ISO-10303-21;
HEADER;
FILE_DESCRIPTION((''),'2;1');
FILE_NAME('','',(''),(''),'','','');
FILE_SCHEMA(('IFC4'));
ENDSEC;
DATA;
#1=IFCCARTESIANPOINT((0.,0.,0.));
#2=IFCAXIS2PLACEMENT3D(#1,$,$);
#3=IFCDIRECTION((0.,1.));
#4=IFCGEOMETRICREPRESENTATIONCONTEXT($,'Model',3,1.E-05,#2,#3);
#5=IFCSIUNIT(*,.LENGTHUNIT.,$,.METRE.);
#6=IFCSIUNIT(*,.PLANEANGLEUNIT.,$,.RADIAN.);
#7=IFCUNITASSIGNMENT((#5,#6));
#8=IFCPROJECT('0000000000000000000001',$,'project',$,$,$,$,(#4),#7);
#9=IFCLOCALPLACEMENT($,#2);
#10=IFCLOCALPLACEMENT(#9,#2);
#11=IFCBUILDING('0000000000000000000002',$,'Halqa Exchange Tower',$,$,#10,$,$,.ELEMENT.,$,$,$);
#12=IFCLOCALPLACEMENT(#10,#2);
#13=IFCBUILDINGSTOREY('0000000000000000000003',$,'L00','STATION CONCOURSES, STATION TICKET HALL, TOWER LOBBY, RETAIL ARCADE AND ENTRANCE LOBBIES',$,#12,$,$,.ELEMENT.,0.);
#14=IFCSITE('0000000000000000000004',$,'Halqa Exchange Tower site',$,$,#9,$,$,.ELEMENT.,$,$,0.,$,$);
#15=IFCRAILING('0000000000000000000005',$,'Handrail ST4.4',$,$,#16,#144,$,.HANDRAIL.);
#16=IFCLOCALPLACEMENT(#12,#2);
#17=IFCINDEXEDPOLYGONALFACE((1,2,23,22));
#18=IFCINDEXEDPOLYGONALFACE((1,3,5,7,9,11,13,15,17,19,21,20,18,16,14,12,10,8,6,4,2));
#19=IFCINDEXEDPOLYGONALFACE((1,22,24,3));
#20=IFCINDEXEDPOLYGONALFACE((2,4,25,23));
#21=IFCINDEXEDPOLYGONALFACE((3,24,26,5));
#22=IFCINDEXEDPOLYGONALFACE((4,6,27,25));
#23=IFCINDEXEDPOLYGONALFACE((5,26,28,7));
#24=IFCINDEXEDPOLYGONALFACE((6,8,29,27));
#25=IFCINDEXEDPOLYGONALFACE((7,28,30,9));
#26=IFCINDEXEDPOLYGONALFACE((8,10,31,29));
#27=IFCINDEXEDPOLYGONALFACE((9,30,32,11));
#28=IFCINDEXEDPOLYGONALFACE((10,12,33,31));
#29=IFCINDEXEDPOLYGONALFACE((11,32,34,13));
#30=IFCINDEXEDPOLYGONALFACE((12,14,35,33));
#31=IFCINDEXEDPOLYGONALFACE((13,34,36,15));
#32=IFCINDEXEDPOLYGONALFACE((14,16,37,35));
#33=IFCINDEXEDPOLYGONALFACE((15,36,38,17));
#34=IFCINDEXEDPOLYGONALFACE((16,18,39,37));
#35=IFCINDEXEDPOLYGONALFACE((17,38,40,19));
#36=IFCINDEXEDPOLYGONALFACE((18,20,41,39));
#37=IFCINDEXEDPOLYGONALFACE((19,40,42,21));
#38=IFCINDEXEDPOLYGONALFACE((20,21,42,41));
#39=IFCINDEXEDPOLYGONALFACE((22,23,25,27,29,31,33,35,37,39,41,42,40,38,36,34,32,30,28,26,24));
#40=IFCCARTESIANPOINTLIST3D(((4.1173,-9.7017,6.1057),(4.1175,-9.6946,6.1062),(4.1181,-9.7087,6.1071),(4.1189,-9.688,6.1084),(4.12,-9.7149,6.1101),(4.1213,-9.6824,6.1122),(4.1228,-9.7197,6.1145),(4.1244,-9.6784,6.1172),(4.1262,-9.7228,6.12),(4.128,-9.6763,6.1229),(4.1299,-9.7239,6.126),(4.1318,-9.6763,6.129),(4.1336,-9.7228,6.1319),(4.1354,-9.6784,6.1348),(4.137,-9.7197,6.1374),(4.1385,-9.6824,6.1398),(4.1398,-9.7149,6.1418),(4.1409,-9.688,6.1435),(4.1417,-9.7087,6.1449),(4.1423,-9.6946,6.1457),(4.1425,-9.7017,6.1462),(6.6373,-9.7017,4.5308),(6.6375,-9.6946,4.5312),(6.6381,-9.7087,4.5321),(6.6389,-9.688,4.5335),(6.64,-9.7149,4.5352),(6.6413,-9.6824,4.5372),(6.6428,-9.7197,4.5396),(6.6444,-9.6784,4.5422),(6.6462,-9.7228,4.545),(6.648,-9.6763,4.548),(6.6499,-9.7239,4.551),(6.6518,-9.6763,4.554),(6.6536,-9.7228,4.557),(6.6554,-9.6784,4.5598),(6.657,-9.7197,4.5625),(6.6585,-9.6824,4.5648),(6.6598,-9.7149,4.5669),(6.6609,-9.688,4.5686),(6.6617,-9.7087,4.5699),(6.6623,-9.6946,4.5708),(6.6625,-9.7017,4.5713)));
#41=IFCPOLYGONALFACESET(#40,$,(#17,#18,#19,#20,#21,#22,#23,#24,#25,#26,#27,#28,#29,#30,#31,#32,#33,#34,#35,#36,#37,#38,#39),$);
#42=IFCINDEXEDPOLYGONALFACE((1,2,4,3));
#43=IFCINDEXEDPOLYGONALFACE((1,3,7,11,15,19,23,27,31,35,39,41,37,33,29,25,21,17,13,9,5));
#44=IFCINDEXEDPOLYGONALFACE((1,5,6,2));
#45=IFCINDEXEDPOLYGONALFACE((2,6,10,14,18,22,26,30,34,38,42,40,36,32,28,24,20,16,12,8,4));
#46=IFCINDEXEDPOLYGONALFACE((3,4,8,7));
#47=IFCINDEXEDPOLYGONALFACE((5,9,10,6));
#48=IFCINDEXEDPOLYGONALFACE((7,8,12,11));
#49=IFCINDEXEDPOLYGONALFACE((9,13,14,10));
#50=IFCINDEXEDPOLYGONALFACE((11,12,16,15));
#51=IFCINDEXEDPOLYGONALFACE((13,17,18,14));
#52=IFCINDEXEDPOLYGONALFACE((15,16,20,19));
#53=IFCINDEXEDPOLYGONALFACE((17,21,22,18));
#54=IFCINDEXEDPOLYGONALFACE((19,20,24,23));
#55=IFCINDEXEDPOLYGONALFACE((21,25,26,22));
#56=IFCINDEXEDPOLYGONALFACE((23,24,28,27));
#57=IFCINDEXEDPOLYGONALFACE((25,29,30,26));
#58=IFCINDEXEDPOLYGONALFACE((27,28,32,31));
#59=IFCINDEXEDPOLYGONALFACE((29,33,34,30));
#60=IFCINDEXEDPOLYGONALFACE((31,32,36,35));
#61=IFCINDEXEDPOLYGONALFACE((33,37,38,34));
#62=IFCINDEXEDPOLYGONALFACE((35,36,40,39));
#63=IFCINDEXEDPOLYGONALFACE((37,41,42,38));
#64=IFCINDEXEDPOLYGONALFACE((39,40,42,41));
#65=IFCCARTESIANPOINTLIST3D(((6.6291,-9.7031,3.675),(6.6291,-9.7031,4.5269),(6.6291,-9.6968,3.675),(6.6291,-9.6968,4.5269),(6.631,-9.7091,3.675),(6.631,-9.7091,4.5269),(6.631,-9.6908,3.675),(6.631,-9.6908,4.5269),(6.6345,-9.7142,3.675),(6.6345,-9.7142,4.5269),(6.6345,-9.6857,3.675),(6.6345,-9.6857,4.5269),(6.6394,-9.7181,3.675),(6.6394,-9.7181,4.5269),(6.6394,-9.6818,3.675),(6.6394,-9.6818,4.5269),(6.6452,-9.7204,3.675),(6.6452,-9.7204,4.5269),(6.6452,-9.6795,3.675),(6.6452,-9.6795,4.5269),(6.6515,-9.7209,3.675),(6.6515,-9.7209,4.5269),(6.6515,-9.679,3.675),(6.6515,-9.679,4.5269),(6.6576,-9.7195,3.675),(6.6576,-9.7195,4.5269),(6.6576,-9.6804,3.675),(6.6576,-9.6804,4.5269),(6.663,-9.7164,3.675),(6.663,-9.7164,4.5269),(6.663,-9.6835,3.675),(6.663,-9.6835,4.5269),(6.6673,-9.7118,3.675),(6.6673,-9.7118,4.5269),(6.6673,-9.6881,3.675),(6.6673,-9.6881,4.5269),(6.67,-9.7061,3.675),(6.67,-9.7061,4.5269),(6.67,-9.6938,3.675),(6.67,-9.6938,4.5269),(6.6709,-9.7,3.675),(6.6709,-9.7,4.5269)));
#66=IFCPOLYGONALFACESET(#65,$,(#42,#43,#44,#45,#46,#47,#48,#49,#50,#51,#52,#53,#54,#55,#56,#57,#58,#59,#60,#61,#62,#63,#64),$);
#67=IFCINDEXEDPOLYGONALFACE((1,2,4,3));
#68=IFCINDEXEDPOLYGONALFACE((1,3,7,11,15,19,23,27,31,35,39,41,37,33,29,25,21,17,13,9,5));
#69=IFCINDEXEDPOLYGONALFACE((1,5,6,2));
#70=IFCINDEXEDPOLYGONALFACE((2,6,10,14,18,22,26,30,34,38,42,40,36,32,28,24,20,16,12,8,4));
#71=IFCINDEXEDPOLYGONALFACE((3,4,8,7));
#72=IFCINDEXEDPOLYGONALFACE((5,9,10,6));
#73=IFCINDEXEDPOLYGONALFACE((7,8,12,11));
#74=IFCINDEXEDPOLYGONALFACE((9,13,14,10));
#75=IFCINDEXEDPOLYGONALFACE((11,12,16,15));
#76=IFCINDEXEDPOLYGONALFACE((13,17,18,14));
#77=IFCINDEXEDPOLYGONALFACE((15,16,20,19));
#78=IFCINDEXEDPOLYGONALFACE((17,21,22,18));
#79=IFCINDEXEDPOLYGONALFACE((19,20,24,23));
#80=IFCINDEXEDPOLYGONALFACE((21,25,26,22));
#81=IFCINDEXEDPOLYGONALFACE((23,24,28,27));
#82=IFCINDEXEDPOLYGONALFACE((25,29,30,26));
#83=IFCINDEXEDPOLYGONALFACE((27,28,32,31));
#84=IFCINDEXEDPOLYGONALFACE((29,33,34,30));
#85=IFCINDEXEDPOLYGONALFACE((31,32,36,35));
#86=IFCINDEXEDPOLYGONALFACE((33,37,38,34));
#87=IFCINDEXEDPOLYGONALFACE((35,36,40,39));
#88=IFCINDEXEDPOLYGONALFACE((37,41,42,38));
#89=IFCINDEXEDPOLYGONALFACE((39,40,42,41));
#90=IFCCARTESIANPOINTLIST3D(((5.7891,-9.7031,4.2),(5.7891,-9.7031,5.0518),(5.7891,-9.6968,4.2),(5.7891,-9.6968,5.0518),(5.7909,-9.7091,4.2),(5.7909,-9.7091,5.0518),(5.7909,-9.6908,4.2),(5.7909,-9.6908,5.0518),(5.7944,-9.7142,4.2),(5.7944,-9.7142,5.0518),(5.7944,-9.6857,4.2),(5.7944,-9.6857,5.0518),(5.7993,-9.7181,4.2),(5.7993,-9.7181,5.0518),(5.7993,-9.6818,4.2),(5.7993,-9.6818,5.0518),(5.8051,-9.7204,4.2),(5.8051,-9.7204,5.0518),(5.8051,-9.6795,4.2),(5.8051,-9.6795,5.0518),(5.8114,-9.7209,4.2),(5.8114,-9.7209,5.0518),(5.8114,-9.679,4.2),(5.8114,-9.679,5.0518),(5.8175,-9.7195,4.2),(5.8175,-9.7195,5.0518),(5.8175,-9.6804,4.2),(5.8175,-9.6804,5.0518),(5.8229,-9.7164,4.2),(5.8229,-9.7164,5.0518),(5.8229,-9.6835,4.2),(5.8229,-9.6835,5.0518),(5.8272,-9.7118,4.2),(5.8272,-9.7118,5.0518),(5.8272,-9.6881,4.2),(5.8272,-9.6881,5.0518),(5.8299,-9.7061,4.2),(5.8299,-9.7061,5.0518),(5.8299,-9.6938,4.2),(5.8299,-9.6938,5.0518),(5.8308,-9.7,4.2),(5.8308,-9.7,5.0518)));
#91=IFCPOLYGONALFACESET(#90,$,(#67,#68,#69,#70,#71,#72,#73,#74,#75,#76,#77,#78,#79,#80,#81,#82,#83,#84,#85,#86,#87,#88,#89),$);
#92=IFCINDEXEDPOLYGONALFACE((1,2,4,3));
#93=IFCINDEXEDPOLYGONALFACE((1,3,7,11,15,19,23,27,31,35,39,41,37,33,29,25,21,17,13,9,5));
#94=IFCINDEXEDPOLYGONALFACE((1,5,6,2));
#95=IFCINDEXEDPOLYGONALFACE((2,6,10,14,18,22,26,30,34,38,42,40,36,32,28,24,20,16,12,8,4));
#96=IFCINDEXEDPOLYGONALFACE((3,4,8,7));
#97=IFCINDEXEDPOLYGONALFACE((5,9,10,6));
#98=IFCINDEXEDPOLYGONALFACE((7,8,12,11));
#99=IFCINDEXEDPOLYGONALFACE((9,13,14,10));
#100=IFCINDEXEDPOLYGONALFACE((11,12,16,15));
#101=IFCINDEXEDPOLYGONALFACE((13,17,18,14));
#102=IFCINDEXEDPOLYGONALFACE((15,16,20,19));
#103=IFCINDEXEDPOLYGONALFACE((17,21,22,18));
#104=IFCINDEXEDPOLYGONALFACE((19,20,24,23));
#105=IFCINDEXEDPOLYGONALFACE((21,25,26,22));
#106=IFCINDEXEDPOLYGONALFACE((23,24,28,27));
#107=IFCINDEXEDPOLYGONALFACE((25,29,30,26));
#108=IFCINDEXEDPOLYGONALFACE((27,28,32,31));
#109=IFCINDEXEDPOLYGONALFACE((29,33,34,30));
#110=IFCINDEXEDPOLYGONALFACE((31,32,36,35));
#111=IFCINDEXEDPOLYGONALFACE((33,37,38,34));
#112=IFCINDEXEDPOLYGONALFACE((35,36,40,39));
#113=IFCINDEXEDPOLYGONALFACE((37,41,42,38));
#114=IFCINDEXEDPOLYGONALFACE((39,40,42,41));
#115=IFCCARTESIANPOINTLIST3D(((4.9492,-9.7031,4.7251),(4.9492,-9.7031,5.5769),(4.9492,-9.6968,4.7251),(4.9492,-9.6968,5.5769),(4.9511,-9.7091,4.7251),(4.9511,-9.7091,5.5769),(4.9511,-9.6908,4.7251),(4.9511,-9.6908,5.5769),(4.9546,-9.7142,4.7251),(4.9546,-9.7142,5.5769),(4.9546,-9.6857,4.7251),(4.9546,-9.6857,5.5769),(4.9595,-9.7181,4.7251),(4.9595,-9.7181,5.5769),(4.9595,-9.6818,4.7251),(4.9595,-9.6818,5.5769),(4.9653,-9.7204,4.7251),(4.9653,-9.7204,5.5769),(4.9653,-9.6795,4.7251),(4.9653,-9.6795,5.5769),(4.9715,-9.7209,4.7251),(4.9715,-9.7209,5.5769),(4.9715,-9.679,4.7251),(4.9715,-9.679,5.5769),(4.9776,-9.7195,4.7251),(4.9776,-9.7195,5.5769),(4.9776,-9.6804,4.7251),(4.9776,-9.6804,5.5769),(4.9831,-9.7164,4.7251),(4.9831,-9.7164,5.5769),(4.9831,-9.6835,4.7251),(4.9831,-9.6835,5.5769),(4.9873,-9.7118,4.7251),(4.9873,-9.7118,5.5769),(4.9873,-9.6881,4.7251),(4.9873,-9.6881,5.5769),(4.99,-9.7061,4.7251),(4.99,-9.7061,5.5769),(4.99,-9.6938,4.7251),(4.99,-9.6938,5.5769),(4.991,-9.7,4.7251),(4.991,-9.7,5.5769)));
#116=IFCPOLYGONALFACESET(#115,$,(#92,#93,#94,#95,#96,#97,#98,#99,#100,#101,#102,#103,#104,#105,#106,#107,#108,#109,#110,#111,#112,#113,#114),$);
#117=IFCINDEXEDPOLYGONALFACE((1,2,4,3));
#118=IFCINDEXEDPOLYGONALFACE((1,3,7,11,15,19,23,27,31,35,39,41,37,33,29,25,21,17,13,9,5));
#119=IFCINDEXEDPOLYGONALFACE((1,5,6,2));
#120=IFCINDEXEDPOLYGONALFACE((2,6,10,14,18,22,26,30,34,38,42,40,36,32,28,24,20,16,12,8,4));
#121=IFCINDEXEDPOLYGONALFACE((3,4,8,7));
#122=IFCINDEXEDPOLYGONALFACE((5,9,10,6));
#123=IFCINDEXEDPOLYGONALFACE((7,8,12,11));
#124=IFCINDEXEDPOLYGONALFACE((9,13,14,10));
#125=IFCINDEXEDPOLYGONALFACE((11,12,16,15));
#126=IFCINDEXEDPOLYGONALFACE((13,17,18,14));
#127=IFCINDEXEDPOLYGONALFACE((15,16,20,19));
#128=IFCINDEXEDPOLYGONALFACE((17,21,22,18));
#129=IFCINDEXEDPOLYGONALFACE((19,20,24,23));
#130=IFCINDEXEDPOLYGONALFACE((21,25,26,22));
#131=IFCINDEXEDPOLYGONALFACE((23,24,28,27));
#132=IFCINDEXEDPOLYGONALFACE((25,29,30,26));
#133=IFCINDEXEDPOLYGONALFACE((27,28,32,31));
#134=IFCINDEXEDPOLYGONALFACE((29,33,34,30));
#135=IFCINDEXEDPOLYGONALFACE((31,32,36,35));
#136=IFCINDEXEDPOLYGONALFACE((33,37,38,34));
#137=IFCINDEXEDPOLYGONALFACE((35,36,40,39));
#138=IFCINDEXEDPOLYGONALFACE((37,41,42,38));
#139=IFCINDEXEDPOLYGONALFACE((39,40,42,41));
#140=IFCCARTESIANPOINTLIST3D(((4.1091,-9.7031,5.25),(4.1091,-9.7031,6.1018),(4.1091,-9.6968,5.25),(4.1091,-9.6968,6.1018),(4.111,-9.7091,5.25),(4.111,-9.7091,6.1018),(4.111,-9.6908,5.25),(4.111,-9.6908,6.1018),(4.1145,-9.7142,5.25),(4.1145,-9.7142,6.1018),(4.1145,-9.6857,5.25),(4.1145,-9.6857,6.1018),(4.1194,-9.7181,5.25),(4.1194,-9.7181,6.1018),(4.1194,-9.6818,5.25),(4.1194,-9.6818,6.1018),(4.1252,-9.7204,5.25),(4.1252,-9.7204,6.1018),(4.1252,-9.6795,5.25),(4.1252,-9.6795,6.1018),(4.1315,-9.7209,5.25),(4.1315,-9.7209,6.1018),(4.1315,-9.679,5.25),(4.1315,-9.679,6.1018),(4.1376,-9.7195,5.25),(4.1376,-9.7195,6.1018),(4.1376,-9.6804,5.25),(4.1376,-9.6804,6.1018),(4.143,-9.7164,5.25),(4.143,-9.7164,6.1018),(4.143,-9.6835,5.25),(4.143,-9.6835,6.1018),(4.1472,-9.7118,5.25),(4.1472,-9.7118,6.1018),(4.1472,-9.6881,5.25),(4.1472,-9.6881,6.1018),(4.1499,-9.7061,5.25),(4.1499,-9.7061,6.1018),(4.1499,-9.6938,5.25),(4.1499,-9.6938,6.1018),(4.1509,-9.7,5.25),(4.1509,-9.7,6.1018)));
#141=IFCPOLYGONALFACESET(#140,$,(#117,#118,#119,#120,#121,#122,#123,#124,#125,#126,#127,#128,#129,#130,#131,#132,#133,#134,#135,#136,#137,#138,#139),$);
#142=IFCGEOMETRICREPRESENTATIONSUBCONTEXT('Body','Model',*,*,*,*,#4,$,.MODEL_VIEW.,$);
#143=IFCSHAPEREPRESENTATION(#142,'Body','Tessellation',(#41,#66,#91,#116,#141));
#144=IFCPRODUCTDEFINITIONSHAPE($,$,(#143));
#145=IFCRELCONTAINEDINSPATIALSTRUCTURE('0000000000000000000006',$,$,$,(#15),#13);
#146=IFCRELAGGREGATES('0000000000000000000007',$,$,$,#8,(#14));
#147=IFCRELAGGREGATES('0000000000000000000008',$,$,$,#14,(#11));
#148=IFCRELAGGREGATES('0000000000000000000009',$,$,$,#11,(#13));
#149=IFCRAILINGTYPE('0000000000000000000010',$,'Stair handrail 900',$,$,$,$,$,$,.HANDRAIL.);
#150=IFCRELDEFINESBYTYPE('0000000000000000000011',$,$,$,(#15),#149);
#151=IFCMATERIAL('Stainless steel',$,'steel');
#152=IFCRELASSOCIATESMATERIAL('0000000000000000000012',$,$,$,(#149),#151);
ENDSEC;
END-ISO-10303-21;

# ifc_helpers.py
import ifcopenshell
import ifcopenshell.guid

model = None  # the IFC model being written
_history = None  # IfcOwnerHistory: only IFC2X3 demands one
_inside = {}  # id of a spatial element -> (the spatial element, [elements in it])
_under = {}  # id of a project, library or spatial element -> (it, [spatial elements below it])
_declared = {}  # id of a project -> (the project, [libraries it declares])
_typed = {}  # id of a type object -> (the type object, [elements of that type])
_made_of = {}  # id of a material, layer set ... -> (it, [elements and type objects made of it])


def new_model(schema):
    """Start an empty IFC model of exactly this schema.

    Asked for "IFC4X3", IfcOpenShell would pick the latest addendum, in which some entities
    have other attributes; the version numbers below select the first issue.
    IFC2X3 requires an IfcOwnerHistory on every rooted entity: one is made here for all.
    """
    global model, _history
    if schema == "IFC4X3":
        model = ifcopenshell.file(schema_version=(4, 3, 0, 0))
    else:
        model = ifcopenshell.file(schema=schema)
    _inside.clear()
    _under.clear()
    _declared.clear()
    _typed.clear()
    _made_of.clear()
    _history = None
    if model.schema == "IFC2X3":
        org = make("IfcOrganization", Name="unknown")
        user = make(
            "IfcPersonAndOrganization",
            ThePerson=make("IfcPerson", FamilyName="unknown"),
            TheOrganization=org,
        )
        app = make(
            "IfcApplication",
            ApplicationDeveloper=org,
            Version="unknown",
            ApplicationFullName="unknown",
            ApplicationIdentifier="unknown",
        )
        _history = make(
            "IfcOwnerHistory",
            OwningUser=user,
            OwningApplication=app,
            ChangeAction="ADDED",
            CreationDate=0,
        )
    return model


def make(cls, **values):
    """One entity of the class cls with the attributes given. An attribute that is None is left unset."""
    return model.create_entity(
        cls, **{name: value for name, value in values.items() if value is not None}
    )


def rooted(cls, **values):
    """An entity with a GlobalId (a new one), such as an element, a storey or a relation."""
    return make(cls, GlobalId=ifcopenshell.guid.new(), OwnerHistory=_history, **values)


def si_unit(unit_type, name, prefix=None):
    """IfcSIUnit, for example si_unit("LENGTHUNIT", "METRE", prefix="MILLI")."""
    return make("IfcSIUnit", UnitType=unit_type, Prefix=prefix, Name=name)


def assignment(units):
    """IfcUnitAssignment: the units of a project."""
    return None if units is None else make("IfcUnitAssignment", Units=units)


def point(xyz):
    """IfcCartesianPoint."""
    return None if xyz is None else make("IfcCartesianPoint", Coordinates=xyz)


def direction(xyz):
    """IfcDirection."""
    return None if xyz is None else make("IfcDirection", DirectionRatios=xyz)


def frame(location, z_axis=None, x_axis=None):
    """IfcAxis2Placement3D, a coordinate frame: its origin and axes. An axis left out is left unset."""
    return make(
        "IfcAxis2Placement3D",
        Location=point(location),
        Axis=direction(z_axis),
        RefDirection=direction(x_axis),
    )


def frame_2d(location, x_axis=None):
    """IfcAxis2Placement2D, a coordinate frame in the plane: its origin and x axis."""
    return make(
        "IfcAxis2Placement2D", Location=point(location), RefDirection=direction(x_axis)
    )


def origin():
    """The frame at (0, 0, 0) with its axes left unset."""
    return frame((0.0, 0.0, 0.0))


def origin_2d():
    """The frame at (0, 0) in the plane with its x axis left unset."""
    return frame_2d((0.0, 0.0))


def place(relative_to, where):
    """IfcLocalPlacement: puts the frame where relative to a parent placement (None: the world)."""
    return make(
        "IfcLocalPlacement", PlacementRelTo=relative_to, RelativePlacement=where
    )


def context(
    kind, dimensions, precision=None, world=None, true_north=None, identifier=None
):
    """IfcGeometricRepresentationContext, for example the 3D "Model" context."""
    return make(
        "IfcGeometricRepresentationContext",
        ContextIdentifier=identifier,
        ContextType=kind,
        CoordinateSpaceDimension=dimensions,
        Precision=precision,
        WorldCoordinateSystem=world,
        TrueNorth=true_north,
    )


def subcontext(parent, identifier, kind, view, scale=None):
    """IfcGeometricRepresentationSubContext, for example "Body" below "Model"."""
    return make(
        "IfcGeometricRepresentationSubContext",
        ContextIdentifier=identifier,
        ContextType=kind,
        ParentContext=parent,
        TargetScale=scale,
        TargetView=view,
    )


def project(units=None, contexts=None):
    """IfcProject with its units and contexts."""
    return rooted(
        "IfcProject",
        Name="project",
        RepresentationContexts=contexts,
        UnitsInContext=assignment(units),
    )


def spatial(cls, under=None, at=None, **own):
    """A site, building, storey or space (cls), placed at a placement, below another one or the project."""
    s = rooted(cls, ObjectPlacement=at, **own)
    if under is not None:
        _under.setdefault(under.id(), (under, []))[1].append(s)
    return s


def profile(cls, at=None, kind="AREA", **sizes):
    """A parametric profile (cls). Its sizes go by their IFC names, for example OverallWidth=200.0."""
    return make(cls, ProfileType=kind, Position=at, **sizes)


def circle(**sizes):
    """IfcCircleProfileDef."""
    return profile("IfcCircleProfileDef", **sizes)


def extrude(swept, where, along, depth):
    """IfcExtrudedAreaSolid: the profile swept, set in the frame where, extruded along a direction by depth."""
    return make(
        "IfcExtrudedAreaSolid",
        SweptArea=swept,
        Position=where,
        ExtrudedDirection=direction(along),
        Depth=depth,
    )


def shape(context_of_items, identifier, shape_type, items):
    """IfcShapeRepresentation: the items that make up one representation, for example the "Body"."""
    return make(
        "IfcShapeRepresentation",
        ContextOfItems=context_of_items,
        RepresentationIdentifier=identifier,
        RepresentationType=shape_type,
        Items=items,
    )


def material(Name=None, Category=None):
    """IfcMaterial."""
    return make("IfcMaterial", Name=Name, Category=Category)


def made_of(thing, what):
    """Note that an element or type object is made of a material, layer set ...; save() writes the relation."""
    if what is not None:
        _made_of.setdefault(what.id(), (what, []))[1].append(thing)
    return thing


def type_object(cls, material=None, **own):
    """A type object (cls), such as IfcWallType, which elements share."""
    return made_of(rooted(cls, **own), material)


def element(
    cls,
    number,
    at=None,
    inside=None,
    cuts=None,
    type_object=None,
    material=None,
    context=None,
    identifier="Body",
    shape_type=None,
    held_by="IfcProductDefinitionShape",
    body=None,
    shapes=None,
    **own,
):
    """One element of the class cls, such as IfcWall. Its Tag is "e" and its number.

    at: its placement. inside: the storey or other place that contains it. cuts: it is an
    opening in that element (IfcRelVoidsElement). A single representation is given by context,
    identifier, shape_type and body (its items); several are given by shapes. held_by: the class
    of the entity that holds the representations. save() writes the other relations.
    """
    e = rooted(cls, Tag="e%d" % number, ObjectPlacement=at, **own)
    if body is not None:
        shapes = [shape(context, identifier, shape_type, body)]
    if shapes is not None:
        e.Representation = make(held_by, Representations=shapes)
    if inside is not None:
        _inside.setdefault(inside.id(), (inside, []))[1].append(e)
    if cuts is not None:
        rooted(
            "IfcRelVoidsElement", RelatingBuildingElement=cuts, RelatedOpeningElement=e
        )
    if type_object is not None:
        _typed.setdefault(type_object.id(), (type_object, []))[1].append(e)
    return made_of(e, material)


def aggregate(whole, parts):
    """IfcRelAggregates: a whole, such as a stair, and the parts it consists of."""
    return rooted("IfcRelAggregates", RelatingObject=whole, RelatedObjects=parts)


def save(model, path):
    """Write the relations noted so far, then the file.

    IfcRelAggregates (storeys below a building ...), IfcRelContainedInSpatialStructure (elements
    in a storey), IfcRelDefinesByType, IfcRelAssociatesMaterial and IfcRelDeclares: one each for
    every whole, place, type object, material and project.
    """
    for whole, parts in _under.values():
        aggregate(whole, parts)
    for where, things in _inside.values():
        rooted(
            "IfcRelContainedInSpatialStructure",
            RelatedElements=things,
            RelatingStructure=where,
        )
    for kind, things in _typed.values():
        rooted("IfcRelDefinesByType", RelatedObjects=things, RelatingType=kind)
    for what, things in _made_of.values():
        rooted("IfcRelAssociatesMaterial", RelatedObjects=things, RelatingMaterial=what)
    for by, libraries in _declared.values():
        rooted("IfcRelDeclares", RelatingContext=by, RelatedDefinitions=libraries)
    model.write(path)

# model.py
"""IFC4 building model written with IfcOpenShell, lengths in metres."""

from ifc_helpers import new_model, si_unit, direction, frame, origin, origin_2d, place, context, subcontext, project, spatial, circle, extrude, material, type_object, element, save


model = new_model("IFC4")

# Units and contexts
model_context = context("Model", 3, precision=1e-05, world=origin(), true_north=direction((0.0, 1.0)))
body_context = subcontext(model_context, "Body", "Model", "MODEL_VIEW")
ifc_project = project(units=[si_unit("LENGTHUNIT", "METRE"), si_unit("PLANEANGLEUNIT", "RADIAN")], contexts=[model_context])

# Site, building, storey
site_placement = place(None, origin())
site = spatial("IfcSite", under=ifc_project, at=site_placement, Name="Halqa Exchange Tower site", CompositionType="ELEMENT", RefElevation=0.0)
building_placement = place(site_placement, origin())
building = spatial("IfcBuilding", under=site, at=building_placement, Name="Halqa Exchange Tower", CompositionType="ELEMENT")
storey_placement = place(building_placement, origin())
storey = spatial("IfcBuildingStorey", under=building, at=storey_placement, Name="L00", Description="STATION CONCOURSES, STATION TICKET HALL, TOWER LOBBY, RETAIL ARCADE AND ENTRANCE LOBBIES", CompositionType="ELEMENT", Elevation=0.0)

# Railing
ifc_material_1 = material(Name="Stainless steel", Category="steel")
railing_type = type_object("IfcRailingType", Name="Stair handrail 900", PredefinedType="HANDRAIL", material=ifc_material_1)
railing_1_placement = place(storey_placement, frame((6.6499, -9.7, 3.675)))
element("IfcRailing", 1, at=railing_1_placement, inside=storey, type_object=railing_type, Name="Handrail ST4.4", PredefinedType="HANDRAIL", context=body_context, shape_type="SweptSolid", body=[
    extrude(circle(Radius=0.0239, at=origin_2d()), frame((0.0, 0.0, 0.876), z_axis=(-0.848008, 0.0, 0.529984), x_axis=(0.0, -1.0, 0.0)), (0.0, 0.0, 1.0), 2.9717),
    extrude(circle(Radius=0.021, at=origin_2d()), origin(), (0.0, 0.0, 1.0), 0.8518),
    extrude(circle(Radius=0.021, at=origin_2d()), frame((-0.8401, 0.0, 0.5249)), (0.0, 0.0, 1.0), 0.8518),
    extrude(circle(Radius=0.021, at=origin_2d()), frame((-1.6799, 0.0, 1.05)), (0.0, 0.0, 1.0), 0.8518),
    extrude(circle(Radius=0.021, at=origin_2d()), frame((-2.52, 0.0, 1.575)), (0.0, 0.0, 1.0), 0.8518),
])

save(model, "model.ifc")
